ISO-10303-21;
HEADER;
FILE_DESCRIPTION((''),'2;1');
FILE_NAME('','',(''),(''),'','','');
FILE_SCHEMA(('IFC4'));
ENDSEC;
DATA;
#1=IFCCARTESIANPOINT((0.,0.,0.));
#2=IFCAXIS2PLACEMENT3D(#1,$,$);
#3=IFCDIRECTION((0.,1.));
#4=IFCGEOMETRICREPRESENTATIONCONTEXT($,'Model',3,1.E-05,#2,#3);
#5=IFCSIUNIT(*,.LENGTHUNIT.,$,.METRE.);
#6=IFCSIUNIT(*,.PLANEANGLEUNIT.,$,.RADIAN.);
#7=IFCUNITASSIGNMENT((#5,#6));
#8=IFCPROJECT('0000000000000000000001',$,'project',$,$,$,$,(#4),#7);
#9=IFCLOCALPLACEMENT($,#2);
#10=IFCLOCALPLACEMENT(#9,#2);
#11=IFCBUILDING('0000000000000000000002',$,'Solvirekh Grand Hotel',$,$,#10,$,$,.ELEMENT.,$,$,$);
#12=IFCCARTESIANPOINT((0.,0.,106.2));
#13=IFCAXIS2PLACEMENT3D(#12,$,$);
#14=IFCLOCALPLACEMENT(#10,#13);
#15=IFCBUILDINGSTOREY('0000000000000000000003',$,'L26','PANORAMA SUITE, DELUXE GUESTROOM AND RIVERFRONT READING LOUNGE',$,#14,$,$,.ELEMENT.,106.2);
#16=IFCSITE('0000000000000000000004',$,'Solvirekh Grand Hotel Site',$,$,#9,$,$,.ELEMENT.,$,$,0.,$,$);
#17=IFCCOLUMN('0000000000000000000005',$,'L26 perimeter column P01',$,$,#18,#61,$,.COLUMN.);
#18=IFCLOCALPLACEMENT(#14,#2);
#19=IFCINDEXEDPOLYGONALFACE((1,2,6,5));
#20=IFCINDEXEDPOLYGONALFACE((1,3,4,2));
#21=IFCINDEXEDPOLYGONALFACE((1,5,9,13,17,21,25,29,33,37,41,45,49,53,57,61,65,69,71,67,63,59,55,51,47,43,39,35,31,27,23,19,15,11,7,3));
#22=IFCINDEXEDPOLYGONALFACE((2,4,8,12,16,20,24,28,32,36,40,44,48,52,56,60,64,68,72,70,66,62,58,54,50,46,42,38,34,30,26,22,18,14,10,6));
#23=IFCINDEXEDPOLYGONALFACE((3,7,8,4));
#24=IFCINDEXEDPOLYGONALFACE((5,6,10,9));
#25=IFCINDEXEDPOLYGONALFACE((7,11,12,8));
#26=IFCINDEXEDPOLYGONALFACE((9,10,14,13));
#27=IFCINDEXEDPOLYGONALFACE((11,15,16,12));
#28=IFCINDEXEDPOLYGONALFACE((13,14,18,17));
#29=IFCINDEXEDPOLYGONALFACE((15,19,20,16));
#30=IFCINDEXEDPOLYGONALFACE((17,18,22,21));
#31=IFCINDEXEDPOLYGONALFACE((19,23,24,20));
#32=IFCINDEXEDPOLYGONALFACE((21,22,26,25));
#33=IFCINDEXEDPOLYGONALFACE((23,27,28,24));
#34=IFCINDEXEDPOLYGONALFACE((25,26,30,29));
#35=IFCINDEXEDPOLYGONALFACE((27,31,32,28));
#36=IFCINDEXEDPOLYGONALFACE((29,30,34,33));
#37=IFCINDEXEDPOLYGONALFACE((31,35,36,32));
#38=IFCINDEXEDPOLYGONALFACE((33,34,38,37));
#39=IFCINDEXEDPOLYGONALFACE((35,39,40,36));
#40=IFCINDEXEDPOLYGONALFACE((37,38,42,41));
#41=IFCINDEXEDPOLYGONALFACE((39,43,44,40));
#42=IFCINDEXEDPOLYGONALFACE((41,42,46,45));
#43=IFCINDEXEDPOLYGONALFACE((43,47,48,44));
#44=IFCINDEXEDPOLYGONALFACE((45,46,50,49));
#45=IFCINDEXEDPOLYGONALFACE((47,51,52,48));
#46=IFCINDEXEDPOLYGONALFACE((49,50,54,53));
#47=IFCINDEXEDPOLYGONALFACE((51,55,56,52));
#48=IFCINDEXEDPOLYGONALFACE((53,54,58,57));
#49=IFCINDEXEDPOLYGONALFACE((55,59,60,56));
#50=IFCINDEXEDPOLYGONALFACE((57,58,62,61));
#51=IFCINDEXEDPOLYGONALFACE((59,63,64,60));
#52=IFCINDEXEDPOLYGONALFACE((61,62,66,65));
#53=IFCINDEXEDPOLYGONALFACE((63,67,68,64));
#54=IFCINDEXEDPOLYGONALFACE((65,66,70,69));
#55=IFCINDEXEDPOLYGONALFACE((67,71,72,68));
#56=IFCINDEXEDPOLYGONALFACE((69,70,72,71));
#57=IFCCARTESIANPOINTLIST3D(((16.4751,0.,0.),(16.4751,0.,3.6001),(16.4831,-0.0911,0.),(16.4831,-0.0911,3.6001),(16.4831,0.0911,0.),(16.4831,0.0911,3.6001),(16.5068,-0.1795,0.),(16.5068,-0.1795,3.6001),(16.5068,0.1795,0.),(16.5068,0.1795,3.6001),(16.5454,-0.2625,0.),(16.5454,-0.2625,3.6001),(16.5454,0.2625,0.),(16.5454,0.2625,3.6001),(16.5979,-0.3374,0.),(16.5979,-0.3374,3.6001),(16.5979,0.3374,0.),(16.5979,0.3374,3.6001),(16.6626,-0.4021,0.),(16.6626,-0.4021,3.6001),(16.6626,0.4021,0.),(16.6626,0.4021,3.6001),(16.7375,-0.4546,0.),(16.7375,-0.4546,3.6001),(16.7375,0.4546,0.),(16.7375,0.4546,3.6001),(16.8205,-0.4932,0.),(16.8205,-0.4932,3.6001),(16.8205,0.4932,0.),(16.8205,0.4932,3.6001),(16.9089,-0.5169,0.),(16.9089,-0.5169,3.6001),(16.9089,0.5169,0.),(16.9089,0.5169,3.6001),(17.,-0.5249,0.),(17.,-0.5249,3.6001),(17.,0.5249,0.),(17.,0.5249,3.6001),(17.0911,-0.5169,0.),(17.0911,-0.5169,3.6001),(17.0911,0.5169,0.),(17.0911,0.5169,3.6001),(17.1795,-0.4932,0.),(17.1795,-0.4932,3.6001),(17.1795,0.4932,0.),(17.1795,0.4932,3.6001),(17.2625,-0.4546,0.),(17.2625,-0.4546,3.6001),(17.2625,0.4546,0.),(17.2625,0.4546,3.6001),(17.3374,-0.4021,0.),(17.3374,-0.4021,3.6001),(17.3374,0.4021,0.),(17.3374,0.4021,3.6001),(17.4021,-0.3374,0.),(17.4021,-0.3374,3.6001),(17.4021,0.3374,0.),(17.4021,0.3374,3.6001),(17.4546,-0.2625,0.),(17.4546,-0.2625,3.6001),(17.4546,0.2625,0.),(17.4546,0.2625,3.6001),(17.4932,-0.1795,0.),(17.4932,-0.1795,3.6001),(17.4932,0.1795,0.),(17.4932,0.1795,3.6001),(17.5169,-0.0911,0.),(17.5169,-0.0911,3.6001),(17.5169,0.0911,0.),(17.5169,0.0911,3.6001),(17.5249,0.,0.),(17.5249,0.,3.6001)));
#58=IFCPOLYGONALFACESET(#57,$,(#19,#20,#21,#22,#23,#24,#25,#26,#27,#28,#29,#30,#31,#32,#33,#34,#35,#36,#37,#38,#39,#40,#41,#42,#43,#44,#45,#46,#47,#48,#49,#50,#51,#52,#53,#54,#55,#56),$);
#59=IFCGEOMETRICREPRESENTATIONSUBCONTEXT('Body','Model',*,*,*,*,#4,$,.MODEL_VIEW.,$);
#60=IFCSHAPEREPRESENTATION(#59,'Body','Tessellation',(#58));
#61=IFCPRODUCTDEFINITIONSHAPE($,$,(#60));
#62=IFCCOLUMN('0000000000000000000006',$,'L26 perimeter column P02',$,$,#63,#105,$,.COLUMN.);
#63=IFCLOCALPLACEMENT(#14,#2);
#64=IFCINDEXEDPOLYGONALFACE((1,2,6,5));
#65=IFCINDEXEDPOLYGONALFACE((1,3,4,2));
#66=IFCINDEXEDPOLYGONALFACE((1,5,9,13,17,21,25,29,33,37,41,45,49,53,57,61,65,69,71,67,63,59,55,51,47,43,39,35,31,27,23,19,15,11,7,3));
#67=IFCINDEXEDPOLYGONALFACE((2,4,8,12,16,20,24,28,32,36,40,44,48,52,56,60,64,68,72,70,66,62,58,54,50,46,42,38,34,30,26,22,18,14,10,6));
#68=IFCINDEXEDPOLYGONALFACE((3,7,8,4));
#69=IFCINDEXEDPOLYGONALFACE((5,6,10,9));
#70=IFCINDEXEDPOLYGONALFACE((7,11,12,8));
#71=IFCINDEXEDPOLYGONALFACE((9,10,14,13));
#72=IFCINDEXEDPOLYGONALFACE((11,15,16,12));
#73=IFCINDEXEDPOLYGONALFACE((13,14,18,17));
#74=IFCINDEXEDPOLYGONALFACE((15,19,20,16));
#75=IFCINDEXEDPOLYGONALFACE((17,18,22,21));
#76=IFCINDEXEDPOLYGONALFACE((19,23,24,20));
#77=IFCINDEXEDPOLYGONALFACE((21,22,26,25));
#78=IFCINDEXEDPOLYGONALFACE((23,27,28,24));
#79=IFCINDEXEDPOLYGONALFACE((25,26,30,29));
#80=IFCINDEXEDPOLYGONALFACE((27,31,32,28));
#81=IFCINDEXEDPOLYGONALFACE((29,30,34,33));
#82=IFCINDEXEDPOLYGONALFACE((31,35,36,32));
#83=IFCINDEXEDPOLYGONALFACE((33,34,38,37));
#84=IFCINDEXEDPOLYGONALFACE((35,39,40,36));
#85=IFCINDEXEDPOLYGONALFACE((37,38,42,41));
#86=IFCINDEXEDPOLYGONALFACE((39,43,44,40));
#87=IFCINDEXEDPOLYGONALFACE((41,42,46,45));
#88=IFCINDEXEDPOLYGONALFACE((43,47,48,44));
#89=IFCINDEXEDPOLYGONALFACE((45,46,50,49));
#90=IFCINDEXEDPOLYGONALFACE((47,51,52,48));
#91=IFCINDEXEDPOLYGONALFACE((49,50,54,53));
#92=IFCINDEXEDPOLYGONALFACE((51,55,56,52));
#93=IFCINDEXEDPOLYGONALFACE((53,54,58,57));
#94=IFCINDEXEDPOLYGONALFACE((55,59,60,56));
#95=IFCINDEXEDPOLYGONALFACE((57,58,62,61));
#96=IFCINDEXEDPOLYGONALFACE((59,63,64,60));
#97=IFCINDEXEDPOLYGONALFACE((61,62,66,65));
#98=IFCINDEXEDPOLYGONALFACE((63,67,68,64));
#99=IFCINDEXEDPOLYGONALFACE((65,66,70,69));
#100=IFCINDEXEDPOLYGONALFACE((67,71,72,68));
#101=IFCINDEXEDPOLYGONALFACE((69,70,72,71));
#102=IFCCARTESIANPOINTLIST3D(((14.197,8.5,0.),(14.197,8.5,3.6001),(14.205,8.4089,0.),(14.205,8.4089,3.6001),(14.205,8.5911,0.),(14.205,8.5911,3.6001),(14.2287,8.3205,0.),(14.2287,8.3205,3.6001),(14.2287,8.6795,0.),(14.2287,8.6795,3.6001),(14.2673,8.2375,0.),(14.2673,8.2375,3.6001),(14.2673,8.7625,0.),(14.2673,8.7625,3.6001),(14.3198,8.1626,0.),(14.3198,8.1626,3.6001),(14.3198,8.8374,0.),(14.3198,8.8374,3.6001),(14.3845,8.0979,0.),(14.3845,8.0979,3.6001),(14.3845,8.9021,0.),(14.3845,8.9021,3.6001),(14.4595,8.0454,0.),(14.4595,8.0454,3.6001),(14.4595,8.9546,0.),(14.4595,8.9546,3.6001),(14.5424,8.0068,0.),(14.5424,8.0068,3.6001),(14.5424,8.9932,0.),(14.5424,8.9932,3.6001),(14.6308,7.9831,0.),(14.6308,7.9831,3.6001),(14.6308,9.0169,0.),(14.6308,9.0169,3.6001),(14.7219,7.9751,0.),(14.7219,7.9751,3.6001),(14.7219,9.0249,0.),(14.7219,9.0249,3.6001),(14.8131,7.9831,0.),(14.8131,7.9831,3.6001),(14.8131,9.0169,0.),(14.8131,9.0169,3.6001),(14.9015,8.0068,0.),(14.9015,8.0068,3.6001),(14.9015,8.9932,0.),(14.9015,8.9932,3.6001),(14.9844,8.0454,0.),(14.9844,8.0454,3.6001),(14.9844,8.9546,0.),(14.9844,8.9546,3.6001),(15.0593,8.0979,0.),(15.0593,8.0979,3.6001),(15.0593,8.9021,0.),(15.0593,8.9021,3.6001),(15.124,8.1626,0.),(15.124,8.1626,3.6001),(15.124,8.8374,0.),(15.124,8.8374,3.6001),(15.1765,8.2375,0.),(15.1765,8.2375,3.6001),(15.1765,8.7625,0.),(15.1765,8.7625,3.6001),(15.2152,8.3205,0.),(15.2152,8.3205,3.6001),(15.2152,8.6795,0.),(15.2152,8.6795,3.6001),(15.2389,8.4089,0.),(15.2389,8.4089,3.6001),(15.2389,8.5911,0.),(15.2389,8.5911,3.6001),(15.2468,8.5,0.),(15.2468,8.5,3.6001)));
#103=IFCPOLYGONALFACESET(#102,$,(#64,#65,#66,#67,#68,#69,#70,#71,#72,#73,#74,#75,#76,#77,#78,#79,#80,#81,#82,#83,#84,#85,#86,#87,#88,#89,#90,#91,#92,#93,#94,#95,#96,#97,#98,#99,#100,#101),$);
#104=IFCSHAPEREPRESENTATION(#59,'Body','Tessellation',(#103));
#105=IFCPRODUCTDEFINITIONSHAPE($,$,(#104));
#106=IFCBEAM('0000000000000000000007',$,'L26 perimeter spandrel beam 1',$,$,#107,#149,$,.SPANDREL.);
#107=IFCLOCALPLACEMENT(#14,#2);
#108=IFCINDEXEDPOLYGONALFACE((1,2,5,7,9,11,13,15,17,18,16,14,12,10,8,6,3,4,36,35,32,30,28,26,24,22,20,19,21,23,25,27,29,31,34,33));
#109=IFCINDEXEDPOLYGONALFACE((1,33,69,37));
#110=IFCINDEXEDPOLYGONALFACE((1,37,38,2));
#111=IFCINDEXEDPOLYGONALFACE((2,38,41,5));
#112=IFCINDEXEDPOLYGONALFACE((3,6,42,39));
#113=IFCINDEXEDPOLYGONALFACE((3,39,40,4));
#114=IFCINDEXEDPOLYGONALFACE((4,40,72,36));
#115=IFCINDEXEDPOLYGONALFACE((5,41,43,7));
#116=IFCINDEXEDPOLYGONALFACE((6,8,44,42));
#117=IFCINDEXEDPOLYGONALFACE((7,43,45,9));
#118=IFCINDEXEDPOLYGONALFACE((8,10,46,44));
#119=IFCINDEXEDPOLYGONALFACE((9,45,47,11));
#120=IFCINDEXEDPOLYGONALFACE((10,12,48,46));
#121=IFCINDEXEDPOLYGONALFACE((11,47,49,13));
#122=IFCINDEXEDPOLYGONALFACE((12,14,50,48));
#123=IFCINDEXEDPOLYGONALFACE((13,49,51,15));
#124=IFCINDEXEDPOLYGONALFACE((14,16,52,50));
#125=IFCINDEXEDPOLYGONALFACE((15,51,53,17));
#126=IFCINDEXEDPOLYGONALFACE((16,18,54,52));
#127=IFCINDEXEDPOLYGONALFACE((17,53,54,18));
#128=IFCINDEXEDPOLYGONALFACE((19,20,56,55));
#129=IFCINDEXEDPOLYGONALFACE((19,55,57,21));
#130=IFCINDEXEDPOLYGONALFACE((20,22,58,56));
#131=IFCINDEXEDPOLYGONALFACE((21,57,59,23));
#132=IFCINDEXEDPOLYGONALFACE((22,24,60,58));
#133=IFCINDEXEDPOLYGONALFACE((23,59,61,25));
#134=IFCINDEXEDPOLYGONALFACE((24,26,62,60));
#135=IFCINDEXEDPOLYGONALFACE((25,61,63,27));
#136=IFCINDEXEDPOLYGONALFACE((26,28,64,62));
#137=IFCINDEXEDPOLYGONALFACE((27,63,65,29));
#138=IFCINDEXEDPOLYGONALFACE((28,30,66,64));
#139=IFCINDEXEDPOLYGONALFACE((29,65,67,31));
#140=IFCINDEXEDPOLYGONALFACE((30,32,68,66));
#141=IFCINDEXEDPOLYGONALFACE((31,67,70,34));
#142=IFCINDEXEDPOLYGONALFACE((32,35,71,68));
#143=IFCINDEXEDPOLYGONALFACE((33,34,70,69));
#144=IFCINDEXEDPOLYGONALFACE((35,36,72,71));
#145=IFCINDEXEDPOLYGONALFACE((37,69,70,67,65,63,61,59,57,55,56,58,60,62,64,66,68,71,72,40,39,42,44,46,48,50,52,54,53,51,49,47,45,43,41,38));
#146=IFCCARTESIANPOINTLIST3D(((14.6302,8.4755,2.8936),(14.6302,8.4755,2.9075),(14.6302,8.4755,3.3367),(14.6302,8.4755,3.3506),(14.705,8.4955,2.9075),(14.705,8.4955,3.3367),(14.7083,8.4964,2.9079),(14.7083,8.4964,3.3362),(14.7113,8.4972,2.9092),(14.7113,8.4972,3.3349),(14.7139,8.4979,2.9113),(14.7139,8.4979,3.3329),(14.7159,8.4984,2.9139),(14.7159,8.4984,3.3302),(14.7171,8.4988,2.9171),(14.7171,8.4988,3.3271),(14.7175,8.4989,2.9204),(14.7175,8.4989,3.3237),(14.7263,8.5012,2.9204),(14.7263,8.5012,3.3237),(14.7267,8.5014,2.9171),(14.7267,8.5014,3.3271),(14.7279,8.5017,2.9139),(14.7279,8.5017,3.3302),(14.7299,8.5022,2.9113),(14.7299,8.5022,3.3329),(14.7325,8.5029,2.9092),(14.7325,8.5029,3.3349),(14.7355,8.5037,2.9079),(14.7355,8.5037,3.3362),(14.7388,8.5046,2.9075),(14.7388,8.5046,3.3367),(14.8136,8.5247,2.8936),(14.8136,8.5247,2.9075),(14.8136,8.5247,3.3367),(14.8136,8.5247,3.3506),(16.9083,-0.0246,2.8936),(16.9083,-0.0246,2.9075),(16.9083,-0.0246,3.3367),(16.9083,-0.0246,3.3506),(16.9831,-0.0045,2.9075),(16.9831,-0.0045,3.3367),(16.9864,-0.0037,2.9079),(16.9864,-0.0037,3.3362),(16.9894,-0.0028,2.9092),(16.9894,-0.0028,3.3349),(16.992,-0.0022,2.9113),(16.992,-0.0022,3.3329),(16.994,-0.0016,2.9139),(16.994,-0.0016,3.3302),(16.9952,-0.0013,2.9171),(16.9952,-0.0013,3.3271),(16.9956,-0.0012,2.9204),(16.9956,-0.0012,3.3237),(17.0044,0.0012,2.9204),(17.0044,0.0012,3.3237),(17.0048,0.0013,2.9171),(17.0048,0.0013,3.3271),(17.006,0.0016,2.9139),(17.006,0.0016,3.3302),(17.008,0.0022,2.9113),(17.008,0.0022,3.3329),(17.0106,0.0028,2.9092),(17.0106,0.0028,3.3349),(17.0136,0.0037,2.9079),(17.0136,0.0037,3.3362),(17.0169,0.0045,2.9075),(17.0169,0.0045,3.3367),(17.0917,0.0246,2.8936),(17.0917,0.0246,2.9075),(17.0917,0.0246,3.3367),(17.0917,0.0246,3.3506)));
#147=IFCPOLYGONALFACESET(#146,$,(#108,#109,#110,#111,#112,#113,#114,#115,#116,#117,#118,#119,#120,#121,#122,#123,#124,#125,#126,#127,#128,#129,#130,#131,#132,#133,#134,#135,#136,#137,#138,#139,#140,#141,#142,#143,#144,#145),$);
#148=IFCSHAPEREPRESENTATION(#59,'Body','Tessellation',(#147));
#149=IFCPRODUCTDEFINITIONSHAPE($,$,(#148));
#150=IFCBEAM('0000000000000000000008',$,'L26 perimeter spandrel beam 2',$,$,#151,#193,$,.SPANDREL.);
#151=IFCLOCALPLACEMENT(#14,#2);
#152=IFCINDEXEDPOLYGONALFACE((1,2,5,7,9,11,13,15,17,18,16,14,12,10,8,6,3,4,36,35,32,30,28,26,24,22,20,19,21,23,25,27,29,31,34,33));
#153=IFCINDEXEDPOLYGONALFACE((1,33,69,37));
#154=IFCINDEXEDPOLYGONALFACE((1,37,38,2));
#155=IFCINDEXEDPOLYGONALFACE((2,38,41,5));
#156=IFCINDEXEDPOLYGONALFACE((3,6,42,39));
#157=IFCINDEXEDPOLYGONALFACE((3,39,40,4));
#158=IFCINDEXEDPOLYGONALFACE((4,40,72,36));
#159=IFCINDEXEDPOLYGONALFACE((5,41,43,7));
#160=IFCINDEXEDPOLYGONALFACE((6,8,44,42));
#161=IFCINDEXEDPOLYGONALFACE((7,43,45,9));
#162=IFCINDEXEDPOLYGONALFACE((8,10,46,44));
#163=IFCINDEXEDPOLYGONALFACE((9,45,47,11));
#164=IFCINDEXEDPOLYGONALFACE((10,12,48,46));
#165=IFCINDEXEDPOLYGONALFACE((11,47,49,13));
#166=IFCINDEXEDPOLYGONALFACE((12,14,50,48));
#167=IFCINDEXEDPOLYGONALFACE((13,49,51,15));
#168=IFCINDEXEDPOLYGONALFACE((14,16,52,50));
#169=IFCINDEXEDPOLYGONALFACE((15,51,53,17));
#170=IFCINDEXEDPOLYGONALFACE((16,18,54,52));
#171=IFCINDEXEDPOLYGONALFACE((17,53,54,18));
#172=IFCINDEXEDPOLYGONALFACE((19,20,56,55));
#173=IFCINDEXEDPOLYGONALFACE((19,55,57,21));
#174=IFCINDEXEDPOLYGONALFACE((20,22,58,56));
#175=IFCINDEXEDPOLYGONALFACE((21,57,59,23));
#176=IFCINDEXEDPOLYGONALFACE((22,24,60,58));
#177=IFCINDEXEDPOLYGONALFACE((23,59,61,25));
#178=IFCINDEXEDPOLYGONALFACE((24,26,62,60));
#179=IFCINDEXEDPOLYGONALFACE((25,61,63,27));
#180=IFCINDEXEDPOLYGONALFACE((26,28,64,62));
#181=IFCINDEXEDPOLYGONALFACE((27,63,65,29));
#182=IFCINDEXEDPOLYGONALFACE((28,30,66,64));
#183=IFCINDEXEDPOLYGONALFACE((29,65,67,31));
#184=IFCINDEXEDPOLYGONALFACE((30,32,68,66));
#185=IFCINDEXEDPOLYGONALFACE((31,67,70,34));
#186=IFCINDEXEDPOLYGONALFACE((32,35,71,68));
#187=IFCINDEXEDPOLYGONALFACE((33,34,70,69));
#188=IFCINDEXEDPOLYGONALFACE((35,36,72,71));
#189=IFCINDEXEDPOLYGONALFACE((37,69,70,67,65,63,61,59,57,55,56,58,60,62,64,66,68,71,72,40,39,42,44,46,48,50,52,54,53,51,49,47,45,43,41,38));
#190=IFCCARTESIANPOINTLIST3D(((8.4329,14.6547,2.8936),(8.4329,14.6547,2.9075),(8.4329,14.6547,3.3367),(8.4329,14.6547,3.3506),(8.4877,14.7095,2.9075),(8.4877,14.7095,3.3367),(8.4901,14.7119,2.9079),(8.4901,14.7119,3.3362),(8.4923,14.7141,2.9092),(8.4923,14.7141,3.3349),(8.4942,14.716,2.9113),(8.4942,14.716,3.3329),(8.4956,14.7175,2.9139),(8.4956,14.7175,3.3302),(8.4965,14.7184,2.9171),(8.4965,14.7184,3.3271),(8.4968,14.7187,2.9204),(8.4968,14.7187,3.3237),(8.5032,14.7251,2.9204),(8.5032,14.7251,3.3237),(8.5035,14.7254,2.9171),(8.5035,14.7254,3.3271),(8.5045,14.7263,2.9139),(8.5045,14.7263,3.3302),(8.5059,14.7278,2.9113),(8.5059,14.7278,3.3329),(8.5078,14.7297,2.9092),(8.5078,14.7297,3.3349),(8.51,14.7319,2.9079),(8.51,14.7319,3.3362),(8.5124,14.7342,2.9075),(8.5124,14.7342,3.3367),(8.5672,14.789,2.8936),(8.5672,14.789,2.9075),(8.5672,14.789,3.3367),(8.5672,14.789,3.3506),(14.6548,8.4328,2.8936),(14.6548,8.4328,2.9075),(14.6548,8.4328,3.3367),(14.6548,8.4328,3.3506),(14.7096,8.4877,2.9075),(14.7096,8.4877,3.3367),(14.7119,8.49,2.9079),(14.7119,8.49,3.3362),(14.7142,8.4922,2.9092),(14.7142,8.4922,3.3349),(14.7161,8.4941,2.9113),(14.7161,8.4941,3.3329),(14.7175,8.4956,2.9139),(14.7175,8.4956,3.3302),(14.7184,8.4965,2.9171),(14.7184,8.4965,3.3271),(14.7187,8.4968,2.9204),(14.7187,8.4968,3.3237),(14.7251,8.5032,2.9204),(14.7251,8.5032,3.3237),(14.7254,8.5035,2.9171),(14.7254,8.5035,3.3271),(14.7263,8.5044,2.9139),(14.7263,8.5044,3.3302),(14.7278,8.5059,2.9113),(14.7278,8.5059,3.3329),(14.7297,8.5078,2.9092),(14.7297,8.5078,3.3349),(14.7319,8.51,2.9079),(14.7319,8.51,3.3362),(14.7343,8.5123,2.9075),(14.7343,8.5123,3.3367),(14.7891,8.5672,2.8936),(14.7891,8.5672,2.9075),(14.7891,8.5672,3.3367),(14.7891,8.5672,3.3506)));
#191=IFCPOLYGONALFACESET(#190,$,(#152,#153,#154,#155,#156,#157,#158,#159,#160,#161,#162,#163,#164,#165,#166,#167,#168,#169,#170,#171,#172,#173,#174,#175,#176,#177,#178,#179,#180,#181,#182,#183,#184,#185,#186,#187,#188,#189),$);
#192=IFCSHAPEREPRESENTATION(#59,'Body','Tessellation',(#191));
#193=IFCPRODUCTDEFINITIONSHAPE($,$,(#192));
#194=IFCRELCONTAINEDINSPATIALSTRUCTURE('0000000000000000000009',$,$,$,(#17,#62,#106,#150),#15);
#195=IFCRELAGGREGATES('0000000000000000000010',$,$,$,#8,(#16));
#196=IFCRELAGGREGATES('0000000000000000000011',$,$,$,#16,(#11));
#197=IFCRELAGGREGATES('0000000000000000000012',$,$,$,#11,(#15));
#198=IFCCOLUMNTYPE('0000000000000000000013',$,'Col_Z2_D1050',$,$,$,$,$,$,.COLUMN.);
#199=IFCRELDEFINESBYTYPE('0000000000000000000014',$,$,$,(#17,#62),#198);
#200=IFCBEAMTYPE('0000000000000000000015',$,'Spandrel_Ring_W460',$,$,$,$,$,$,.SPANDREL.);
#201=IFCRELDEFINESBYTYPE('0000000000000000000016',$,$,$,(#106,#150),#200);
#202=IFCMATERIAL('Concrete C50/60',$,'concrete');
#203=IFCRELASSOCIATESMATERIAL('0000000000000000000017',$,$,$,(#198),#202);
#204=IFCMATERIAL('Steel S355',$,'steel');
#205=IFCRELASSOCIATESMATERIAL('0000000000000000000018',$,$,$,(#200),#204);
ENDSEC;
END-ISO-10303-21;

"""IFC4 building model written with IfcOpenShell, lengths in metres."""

from ifc_helpers import new_model, si_unit, direction, frame, origin, origin_2d, place, context, subcontext, project, spatial, circle, i_section, extrude, material, material_profile, profile_set, type_object, element, save


model = new_model("IFC4")

# Units and contexts
model_context = context("Model", 3, precision=1e-05, world=origin(), true_north=direction((0.0, 1.0)))
body_context = subcontext(model_context, "Body", "Model", "MODEL_VIEW")
ifc_project = project(units=[si_unit("LENGTHUNIT", "METRE"), si_unit("PLANEANGLEUNIT", "RADIAN")], contexts=[model_context])

# Site, building, storey
site_placement = place(None, origin())
site = spatial("IfcSite", under=ifc_project, at=site_placement, Name="Solvirekh Grand Hotel Site", CompositionType="ELEMENT", RefElevation=0.0)
building_placement = place(site_placement, origin())
building = spatial("IfcBuilding", under=site, at=building_placement, Name="Solvirekh Grand Hotel", CompositionType="ELEMENT")
storey_placement = place(building_placement, frame((0.0, 0.0, 106.2)))
storey = spatial("IfcBuildingStorey", under=building, at=storey_placement, Name="L26", Description="PANORAMA SUITE, DELUXE GUESTROOM AND RIVERFRONT READING LOUNGE", CompositionType="ELEMENT", Elevation=106.2)

# Columns
ifc_material_1 = material(Name="Concrete C50/60", Category="concrete")
ifc_material_profile_1 = material_profile(ifc_material_1, circle(Radius=0.5249, at=origin_2d()), Name="RC CIRC D1050")
ifc_profile_set_1 = profile_set([ifc_material_profile_1], Name="Concrete C50/60")
column_type = type_object("IfcColumnType", Name="Col_Z2_D1050", PredefinedType="COLUMN", material=ifc_profile_set_1)
for number, where, z_axis, x_axis, name in (
    (1, (17.0, 0.0, 0.0), (0.0, 0.0, 1.0), (1.0, 0.0, 0.0), "L26 perimeter column P01"),
    (2, (14.7219, 8.5, 0.0), (0.0, 0.0, 1.0), (1.0, 0.0, 0.0), "L26 perimeter column P02"),
):
    element("IfcColumn", number, at=place(storey_placement, frame(where, z_axis=z_axis, x_axis=x_axis)), inside=storey, type_object=column_type, Name=name, PredefinedType="COLUMN", context=body_context, shape_type="SweptSolid", body=[
        extrude(circle(Radius=0.5249, at=origin_2d()), origin(), (0.0, 0.0, 1.0), 3.6001),
    ])

# Beams
ifc_material_2 = material(Name="Steel S355", Category="steel")
ifc_material_profile_2 = material_profile(ifc_material_2, i_section(OverallWidth=0.1899, OverallDepth=0.457, WebThickness=0.009, FlangeThickness=0.0139, FilletRadius=0.0129, at=origin_2d()), Name="W460X74")
ifc_profile_set_2 = profile_set([ifc_material_profile_2], Name="Steel S355")
beam_type = type_object("IfcBeamType", Name="Spandrel_Ring_W460", PredefinedType="SPANDREL", material=ifc_profile_set_2)
beam_1_placement = place(storey_placement, frame((17.0, 0.0, 3.1221), z_axis=(-0.258873, 0.965911, 0.0), x_axis=(-0.965911, -0.258873, 0.0)))
element("IfcBeam", 3, at=beam_1_placement, inside=storey, type_object=beam_type, Name="L26 perimeter spandrel beam 1", PredefinedType="SPANDREL", context=body_context, shape_type="SweptSolid", body=[
    extrude(i_section(OverallWidth=0.1899, OverallDepth=0.457, WebThickness=0.009, FlangeThickness=0.0139, FilletRadius=0.0129, at=origin_2d()), origin(), (0.0, 0.0, 1.0), 8.8),
])
beam_2_placement = place(storey_placement, frame((14.7219, 8.5, 3.1221), z_axis=(-0.707107, 0.707107, 0.0), x_axis=(-0.707107, -0.707107, 0.0)))
element("IfcBeam", 4, at=beam_2_placement, inside=storey, type_object=beam_type, Name="L26 perimeter spandrel beam 2", PredefinedType="SPANDREL", context=body_context, shape_type="SweptSolid", body=[
    extrude(i_section(OverallWidth=0.1899, OverallDepth=0.457, WebThickness=0.009, FlangeThickness=0.0139, FilletRadius=0.0129, at=origin_2d()), origin(), (0.0, 0.0, 1.0), 8.7991),
])

save(model, "model.ifc")
